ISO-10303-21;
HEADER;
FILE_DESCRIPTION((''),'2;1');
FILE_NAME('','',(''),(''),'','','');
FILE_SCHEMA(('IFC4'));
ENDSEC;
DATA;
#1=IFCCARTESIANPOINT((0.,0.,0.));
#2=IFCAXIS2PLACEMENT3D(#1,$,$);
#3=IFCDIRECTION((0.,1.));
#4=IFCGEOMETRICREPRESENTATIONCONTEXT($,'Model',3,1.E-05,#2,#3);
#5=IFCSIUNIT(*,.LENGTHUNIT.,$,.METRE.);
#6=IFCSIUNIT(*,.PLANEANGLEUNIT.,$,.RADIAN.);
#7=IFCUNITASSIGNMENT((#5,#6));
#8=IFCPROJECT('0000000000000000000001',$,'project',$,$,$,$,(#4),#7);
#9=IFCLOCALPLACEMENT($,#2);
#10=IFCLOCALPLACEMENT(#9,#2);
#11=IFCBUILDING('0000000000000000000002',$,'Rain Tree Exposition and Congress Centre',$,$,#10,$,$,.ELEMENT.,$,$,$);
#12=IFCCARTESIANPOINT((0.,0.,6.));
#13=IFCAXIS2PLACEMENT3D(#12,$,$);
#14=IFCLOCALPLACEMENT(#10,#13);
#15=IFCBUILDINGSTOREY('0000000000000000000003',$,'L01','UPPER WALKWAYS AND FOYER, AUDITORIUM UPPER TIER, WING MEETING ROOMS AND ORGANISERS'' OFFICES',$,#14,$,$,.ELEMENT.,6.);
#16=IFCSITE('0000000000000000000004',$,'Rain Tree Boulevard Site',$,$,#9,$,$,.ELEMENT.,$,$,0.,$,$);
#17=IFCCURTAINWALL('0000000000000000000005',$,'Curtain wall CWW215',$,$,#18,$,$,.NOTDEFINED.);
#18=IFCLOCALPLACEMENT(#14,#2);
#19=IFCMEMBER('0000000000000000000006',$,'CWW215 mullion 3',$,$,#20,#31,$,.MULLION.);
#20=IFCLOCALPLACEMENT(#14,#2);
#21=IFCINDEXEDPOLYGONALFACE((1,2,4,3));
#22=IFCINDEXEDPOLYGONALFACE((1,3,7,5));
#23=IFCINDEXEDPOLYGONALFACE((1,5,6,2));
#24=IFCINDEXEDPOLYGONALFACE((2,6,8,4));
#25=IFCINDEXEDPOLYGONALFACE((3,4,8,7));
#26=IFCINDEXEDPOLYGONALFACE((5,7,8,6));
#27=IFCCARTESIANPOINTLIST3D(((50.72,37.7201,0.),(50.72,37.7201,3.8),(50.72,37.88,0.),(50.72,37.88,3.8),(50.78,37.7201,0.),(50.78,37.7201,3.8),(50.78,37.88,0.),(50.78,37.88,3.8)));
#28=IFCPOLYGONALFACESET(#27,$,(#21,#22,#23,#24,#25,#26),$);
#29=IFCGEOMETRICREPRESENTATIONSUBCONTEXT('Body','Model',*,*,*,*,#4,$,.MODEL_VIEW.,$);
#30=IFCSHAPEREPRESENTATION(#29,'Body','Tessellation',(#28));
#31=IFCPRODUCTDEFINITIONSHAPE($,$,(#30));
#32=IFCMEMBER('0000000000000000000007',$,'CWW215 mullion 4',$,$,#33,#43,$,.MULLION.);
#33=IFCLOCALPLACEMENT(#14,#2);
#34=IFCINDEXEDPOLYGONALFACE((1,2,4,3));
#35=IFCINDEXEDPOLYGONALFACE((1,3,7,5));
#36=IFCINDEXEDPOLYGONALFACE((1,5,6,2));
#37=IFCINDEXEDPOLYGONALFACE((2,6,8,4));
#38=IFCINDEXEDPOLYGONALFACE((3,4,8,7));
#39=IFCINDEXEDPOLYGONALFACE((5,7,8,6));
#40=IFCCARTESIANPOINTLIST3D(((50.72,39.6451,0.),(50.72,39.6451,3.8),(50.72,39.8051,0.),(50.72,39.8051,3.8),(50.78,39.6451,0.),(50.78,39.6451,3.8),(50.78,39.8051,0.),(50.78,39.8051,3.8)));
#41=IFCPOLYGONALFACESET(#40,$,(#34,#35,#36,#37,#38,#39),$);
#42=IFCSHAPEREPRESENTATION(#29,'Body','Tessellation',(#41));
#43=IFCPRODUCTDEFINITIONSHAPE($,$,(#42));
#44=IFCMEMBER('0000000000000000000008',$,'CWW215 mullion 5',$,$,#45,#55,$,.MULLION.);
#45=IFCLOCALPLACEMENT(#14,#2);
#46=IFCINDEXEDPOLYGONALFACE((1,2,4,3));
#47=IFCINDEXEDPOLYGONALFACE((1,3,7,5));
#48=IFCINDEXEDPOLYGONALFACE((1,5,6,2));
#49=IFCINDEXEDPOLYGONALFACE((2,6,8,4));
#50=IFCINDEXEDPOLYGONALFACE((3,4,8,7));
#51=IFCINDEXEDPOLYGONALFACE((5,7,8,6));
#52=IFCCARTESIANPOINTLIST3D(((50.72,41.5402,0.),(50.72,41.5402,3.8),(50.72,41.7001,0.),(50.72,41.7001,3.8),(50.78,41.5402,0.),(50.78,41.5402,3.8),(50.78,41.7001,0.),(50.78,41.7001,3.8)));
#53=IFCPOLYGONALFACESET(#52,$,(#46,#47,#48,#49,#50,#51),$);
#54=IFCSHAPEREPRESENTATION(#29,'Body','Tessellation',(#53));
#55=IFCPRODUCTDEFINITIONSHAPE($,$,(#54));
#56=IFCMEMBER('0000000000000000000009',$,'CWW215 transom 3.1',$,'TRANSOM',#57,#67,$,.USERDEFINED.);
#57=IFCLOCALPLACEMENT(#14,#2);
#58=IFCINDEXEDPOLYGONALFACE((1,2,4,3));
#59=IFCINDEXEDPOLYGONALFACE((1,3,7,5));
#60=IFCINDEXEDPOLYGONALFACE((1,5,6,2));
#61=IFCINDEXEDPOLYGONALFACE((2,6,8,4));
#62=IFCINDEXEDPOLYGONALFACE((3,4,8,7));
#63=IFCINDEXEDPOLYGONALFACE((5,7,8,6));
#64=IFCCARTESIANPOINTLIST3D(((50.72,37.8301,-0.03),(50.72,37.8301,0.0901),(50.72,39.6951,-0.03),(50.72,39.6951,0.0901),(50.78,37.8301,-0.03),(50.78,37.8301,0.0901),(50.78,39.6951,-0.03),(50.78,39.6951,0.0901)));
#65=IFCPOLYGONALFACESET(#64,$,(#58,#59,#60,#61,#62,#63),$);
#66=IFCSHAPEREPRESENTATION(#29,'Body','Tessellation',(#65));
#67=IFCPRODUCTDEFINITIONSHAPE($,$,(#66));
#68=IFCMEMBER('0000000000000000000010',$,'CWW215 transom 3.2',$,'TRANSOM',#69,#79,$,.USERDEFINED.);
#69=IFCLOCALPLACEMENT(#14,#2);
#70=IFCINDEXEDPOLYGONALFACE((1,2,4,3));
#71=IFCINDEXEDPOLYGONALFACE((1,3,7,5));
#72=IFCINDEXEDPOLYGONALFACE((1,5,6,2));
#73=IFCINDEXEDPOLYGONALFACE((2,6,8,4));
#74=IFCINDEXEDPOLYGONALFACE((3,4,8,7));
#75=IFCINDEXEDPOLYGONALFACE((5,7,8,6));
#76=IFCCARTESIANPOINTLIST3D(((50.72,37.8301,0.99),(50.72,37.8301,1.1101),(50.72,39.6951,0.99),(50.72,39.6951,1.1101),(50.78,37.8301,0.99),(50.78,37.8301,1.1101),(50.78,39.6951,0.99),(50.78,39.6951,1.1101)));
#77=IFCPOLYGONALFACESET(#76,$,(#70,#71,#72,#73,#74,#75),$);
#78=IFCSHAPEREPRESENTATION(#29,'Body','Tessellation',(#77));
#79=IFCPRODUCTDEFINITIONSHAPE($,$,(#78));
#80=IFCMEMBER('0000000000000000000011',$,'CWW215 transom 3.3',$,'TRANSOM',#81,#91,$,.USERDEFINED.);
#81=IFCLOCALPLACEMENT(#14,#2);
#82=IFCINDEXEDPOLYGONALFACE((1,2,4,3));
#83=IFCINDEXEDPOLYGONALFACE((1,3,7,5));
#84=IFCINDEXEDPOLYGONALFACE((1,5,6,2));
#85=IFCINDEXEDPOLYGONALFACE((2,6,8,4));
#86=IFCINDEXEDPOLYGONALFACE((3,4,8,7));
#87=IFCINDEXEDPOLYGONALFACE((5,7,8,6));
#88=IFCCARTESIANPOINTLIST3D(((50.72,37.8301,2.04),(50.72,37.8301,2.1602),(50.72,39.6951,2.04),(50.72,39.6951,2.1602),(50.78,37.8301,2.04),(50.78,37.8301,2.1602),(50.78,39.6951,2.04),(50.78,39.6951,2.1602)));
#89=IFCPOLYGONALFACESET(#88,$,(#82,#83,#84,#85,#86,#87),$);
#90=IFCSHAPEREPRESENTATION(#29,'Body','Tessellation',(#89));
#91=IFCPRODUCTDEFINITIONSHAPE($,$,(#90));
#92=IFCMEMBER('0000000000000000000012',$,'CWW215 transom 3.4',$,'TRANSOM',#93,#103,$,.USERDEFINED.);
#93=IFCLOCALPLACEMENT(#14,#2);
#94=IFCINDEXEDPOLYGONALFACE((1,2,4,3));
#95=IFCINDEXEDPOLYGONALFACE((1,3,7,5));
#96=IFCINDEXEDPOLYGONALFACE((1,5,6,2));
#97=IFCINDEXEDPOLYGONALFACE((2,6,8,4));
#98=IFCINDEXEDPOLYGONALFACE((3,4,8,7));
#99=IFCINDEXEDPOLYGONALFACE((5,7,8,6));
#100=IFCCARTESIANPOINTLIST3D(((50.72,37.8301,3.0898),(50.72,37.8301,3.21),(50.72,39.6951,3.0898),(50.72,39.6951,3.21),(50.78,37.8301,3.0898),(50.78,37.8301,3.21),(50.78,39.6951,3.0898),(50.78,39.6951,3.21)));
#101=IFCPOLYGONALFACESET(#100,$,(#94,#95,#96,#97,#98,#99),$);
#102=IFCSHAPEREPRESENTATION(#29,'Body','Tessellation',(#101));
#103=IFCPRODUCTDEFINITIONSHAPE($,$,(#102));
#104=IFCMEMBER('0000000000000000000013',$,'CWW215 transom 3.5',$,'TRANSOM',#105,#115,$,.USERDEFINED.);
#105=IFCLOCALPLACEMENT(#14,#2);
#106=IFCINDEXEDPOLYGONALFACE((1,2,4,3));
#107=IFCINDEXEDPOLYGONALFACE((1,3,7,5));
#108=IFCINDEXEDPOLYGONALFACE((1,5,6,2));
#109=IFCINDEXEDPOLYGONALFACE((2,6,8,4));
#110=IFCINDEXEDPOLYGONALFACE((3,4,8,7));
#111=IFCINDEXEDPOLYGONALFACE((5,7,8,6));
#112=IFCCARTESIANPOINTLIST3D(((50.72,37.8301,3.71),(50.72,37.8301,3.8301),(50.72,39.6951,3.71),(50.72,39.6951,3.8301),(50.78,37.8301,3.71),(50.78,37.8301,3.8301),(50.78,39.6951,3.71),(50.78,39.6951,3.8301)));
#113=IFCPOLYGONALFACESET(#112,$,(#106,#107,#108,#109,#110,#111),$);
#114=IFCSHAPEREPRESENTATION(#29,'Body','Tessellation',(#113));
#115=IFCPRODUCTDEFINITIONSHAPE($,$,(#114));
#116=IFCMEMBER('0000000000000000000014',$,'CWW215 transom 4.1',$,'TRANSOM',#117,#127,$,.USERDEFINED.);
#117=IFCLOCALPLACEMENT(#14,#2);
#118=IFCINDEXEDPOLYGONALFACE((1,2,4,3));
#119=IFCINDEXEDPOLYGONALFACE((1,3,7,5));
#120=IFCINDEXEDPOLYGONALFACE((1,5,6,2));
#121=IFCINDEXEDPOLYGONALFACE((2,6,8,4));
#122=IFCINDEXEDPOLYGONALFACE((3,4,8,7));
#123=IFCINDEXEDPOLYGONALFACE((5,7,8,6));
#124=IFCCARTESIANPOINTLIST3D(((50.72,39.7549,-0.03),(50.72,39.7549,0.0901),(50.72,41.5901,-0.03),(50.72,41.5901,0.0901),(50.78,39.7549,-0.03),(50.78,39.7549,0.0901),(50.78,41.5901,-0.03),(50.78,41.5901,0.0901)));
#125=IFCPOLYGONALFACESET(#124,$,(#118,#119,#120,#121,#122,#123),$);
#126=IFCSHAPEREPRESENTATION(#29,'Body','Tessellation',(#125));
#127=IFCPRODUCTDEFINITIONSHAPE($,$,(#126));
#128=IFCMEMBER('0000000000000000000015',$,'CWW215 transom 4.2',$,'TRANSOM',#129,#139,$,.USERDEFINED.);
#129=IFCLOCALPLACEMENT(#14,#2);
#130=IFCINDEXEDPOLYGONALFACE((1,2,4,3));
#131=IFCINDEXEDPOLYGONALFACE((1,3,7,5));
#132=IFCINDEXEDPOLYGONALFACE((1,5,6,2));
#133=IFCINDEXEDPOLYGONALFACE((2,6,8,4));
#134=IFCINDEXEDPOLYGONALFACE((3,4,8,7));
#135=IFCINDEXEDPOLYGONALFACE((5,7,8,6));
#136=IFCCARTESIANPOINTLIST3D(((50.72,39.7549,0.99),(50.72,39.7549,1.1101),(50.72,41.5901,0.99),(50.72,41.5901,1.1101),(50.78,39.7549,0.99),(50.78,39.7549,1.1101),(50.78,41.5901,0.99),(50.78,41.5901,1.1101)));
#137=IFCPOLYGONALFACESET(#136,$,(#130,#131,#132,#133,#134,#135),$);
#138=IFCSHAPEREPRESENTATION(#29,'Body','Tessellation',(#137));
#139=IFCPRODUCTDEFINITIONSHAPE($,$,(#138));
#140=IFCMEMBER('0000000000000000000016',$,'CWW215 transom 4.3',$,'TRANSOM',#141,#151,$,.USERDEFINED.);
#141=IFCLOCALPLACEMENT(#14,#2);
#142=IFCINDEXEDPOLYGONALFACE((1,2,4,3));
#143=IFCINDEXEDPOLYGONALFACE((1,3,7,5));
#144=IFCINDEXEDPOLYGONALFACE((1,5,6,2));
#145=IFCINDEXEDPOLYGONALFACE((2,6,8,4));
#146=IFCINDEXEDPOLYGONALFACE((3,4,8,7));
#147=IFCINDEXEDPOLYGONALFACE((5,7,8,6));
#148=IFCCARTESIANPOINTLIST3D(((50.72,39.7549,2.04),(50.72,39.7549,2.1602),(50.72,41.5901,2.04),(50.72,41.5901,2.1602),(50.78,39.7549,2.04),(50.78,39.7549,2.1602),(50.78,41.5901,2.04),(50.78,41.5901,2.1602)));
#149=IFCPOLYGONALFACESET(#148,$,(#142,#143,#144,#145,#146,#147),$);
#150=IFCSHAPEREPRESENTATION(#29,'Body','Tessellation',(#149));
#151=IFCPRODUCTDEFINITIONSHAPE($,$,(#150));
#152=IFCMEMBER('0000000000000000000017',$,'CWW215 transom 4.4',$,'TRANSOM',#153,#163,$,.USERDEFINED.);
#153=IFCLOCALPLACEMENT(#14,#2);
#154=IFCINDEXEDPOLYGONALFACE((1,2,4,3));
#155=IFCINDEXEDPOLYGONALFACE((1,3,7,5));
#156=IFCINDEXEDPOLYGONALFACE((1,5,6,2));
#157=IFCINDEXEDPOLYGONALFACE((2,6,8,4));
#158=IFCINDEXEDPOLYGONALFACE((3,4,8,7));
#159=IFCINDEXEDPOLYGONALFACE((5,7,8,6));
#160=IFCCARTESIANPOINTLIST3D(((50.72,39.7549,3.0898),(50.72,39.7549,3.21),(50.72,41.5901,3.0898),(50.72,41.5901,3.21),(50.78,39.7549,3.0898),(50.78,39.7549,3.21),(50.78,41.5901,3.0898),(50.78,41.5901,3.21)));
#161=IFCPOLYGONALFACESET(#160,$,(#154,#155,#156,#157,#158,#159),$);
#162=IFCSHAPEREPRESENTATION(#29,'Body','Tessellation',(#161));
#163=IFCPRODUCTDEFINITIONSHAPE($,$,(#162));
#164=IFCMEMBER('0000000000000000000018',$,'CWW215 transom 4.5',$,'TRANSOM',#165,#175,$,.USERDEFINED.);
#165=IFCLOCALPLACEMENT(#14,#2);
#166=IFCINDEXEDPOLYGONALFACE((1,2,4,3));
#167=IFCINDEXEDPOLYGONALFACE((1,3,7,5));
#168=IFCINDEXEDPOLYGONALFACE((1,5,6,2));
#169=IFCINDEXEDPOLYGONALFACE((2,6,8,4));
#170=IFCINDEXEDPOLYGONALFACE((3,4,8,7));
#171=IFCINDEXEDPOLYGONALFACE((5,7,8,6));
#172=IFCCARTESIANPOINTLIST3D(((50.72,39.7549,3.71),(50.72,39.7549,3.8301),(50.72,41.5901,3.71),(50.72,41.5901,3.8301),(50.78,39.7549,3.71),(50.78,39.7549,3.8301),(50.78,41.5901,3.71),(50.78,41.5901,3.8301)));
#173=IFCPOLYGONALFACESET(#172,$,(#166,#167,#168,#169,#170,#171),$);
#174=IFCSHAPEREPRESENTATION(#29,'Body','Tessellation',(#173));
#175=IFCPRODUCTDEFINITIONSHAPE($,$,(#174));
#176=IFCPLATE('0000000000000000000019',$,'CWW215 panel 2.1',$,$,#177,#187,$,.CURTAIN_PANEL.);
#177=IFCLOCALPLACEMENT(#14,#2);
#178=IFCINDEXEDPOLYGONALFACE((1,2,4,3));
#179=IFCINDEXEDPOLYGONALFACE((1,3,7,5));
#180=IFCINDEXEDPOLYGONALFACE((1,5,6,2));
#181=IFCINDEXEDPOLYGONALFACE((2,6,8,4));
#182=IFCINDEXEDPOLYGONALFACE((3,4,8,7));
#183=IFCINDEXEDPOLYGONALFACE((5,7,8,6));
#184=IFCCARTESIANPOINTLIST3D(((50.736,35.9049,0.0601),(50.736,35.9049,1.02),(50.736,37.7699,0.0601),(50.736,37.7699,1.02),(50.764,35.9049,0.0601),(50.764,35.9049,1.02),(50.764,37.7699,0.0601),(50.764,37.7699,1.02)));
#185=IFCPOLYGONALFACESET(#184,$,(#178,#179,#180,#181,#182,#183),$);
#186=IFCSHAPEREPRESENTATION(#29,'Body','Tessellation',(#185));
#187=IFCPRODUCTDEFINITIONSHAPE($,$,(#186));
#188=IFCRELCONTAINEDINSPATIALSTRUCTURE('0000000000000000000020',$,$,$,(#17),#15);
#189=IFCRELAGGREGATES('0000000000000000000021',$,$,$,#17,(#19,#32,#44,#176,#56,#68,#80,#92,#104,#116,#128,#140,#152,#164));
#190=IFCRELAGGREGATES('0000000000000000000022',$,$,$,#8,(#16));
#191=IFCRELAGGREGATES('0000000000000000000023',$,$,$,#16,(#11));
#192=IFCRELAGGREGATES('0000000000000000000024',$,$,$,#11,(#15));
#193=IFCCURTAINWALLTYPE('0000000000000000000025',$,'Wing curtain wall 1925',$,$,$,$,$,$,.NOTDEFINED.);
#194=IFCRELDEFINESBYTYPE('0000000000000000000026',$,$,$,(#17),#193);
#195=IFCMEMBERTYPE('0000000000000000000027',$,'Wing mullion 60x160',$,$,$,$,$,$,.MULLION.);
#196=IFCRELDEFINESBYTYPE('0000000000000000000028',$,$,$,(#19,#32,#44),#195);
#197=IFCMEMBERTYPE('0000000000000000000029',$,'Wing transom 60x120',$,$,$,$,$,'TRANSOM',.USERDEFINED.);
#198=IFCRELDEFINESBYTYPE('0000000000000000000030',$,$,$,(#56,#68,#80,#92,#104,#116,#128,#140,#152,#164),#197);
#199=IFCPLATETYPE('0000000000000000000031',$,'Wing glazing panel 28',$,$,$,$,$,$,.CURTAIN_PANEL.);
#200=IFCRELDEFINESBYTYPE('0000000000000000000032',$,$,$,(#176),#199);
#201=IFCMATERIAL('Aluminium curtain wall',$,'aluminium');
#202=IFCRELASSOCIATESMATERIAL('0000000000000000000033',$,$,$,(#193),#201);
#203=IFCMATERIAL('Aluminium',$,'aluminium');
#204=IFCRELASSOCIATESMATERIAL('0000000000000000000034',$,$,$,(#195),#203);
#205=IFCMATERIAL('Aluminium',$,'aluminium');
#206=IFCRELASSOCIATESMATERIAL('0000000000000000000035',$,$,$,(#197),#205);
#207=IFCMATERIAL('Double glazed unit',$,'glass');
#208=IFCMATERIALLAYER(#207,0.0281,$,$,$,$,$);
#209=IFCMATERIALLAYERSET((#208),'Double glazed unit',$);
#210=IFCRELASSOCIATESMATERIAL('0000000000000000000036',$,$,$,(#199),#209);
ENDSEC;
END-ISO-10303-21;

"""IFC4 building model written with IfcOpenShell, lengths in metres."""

from ifc_helpers import new_model, si_unit, direction, frame, origin, origin_2d, place, context, subcontext, project, spatial, rectangle, extrude, material, layer, layer_set, material_profile, profile_set, type_object, element, aggregate, save


model = new_model("IFC4")

# Units and contexts
model_context = context("Model", 3, precision=1e-05, world=origin(), true_north=direction((0.0, 1.0)))
body_context = subcontext(model_context, "Body", "Model", "MODEL_VIEW")
ifc_project = project(units=[si_unit("LENGTHUNIT", "METRE"), si_unit("PLANEANGLEUNIT", "RADIAN")], contexts=[model_context])

# Site, building, storey
site_placement = place(None, origin())
site = spatial("IfcSite", under=ifc_project, at=site_placement, Name="Rain Tree Boulevard Site", CompositionType="ELEMENT", RefElevation=0.0)
building_placement = place(site_placement, origin())
building = spatial("IfcBuilding", under=site, at=building_placement, Name="Rain Tree Exposition and Congress Centre", CompositionType="ELEMENT")
storey_placement = place(building_placement, frame((0.0, 0.0, 6.0)))
storey = spatial("IfcBuildingStorey", under=building, at=storey_placement, Name="L01", Description="UPPER WALKWAYS AND FOYER, AUDITORIUM UPPER TIER, WING MEETING ROOMS AND ORGANISERS' OFFICES", CompositionType="ELEMENT", Elevation=6.0)

# Curtain wall, members, plate
ifc_material_1 = material(Name="Aluminium curtain wall", Category="aluminium")
curtain_wall_type = type_object("IfcCurtainWallType", Name="Wing curtain wall 1925", PredefinedType="NOTDEFINED", material=ifc_material_1)
curtain_wall_placement = place(storey_placement, origin())
curtain_wall = element("IfcCurtainWall", 1, at=curtain_wall_placement, inside=storey, type_object=curtain_wall_type, Name="Curtain wall CWW215", PredefinedType="NOTDEFINED")
ifc_material_2 = material(Name="Aluminium", Category="aluminium")
ifc_material_profile_1 = material_profile(ifc_material_2, rectangle(XDim=0.0601, YDim=0.1599, at=origin_2d()), Name="Aluminium 60x160")
ifc_profile_set_1 = profile_set([ifc_material_profile_1], Name="Aluminium")
member_type_1 = type_object("IfcMemberType", Name="Wing mullion 60x160", PredefinedType="MULLION", material=ifc_profile_set_1)
member_1_placement = place(storey_placement, frame((50.75, 37.8, 0.0), z_axis=(0.0, 0.0, 1.0), x_axis=(-1.0, 0.0, 0.0)))
member_1 = element("IfcMember", 2, at=member_1_placement, type_object=member_type_1, Name="CWW215 mullion 3", PredefinedType="MULLION", context=body_context, shape_type="SweptSolid", body=[
    extrude(rectangle(XDim=0.0601, YDim=0.1599, at=origin_2d()), origin(), (0.0, 0.0, 1.0), 3.8),
])
member_2_placement = place(storey_placement, frame((50.75, 39.7251, 0.0), z_axis=(0.0, 0.0, 1.0), x_axis=(-1.0, 0.0, 0.0)))
member_2 = element("IfcMember", 3, at=member_2_placement, type_object=member_type_1, Name="CWW215 mullion 4", PredefinedType="MULLION", context=body_context, shape_type="SweptSolid", body=[
    extrude(rectangle(XDim=0.0601, YDim=0.1599, at=origin_2d()), origin(), (0.0, 0.0, 1.0), 3.8),
])
member_3_placement = place(storey_placement, frame((50.75, 41.6201, 0.0), z_axis=(0.0, 0.0, 1.0), x_axis=(-1.0, 0.0, 0.0)))
member_3 = element("IfcMember", 4, at=member_3_placement, type_object=member_type_1, Name="CWW215 mullion 5", PredefinedType="MULLION", context=body_context, shape_type="SweptSolid", body=[
    extrude(rectangle(XDim=0.0601, YDim=0.1599, at=origin_2d()), origin(), (0.0, 0.0, 1.0), 3.8),
])
ifc_material_3 = material(Name="Aluminium", Category="aluminium")
ifc_material_profile_2 = material_profile(ifc_material_3, rectangle(XDim=0.0601, YDim=0.1201, at=origin_2d()), Name="Aluminium 60x120")
ifc_profile_set_2 = profile_set([ifc_material_profile_2], Name="Aluminium")
member_type_2 = type_object("IfcMemberType", Name="Wing transom 60x120", ElementType="TRANSOM", PredefinedType="USERDEFINED", material=ifc_profile_set_2)
member_4_placement = place(storey_placement, frame((50.75, 37.8301, 0.03), z_axis=(0.0, 1.0, 0.0), x_axis=(-1.0, 0.0, 0.0)))
member_4 = element("IfcMember", 5, at=member_4_placement, type_object=member_type_2, Name="CWW215 transom 3.1", ObjectType="TRANSOM", PredefinedType="USERDEFINED", context=body_context, shape_type="SweptSolid", body=[
    extrude(rectangle(XDim=0.0601, YDim=0.1201, at=origin_2d()), origin(), (0.0, 0.0, 1.0), 1.865),
])
member_5_placement = place(storey_placement, frame((50.75, 37.8301, 1.05), z_axis=(0.0, 1.0, 0.0), x_axis=(-1.0, 0.0, 0.0)))
member_5 = element("IfcMember", 6, at=member_5_placement, type_object=member_type_2, Name="CWW215 transom 3.2", ObjectType="TRANSOM", PredefinedType="USERDEFINED", context=body_context, shape_type="SweptSolid", body=[
    extrude(rectangle(XDim=0.0601, YDim=0.1201, at=origin_2d()), origin(), (0.0, 0.0, 1.0), 1.865),
])
member_6_placement = place(storey_placement, frame((50.75, 37.8301, 2.1001), z_axis=(0.0, 1.0, 0.0), x_axis=(-1.0, 0.0, 0.0)))
member_6 = element("IfcMember", 7, at=member_6_placement, type_object=member_type_2, Name="CWW215 transom 3.3", ObjectType="TRANSOM", PredefinedType="USERDEFINED", context=body_context, shape_type="SweptSolid", body=[
    extrude(rectangle(XDim=0.0601, YDim=0.1201, at=origin_2d()), origin(), (0.0, 0.0, 1.0), 1.865),
])
member_7_placement = place(storey_placement, frame((50.75, 37.8301, 3.1499), z_axis=(0.0, 1.0, 0.0), x_axis=(-1.0, 0.0, 0.0)))
member_7 = element("IfcMember", 8, at=member_7_placement, type_object=member_type_2, Name="CWW215 transom 3.4", ObjectType="TRANSOM", PredefinedType="USERDEFINED", context=body_context, shape_type="SweptSolid", body=[
    extrude(rectangle(XDim=0.0601, YDim=0.1201, at=origin_2d()), origin(), (0.0, 0.0, 1.0), 1.865),
])
member_8_placement = place(storey_placement, frame((50.75, 37.8301, 3.77), z_axis=(0.0, 1.0, 0.0), x_axis=(-1.0, 0.0, 0.0)))
member_8 = element("IfcMember", 9, at=member_8_placement, type_object=member_type_2, Name="CWW215 transom 3.5", ObjectType="TRANSOM", PredefinedType="USERDEFINED", context=body_context, shape_type="SweptSolid", body=[
    extrude(rectangle(XDim=0.0601, YDim=0.1201, at=origin_2d()), origin(), (0.0, 0.0, 1.0), 1.865),
])
member_9_placement = place(storey_placement, frame((50.75, 39.7549, 0.03), z_axis=(0.0, 1.0, 0.0), x_axis=(-1.0, 0.0, 0.0)))
member_9 = element("IfcMember", 10, at=member_9_placement, type_object=member_type_2, Name="CWW215 transom 4.1", ObjectType="TRANSOM", PredefinedType="USERDEFINED", context=body_context, shape_type="SweptSolid", body=[
    extrude(rectangle(XDim=0.0601, YDim=0.1201, at=origin_2d()), origin(), (0.0, 0.0, 1.0), 1.8352),
])
member_10_placement = place(storey_placement, frame((50.75, 39.7549, 1.05), z_axis=(0.0, 1.0, 0.0), x_axis=(-1.0, 0.0, 0.0)))
member_10 = element("IfcMember", 11, at=member_10_placement, type_object=member_type_2, Name="CWW215 transom 4.2", ObjectType="TRANSOM", PredefinedType="USERDEFINED", context=body_context, shape_type="SweptSolid", body=[
    extrude(rectangle(XDim=0.0601, YDim=0.1201, at=origin_2d()), origin(), (0.0, 0.0, 1.0), 1.8352),
])
member_11_placement = place(storey_placement, frame((50.75, 39.7549, 2.1001), z_axis=(0.0, 1.0, 0.0), x_axis=(-1.0, 0.0, 0.0)))
member_11 = element("IfcMember", 12, at=member_11_placement, type_object=member_type_2, Name="CWW215 transom 4.3", ObjectType="TRANSOM", PredefinedType="USERDEFINED", context=body_context, shape_type="SweptSolid", body=[
    extrude(rectangle(XDim=0.0601, YDim=0.1201, at=origin_2d()), origin(), (0.0, 0.0, 1.0), 1.8352),
])
member_12_placement = place(storey_placement, frame((50.75, 39.7549, 3.1499), z_axis=(0.0, 1.0, 0.0), x_axis=(-1.0, 0.0, 0.0)))
member_12 = element("IfcMember", 13, at=member_12_placement, type_object=member_type_2, Name="CWW215 transom 4.4", ObjectType="TRANSOM", PredefinedType="USERDEFINED", context=body_context, shape_type="SweptSolid", body=[
    extrude(rectangle(XDim=0.0601, YDim=0.1201, at=origin_2d()), origin(), (0.0, 0.0, 1.0), 1.8352),
])
member_13_placement = place(storey_placement, frame((50.75, 39.7549, 3.77), z_axis=(0.0, 1.0, 0.0), x_axis=(-1.0, 0.0, 0.0)))
member_13 = element("IfcMember", 14, at=member_13_placement, type_object=member_type_2, Name="CWW215 transom 4.5", ObjectType="TRANSOM", PredefinedType="USERDEFINED", context=body_context, shape_type="SweptSolid", body=[
    extrude(rectangle(XDim=0.0601, YDim=0.1201, at=origin_2d()), origin(), (0.0, 0.0, 1.0), 1.8352),
])
ifc_material_4 = material(Name="Double glazed unit", Category="glass")
ifc_layer_1 = layer(ifc_material_4, 0.0281)
ifc_layer_set_1 = layer_set([ifc_layer_1], Name="Double glazed unit")
plate_type = type_object("IfcPlateType", Name="Wing glazing panel 28", PredefinedType="CURTAIN_PANEL", material=ifc_layer_set_1)
plate_1_placement = place(storey_placement, frame((50.75, 36.8374, 0.0601), z_axis=(0.0, 0.0, 1.0), x_axis=(0.0, 1.0, 0.0)))
plate_1 = element("IfcPlate", 15, at=plate_1_placement, type_object=plate_type, Name="CWW215 panel 2.1", PredefinedType="CURTAIN_PANEL", context=body_context, shape_type="SweptSolid", body=[
    extrude(rectangle(XDim=1.865, YDim=0.0281, at=origin_2d()), origin(), (0.0, 0.0, 1.0), 0.96),
])
aggregate(curtain_wall, [member_1, member_2, member_3, plate_1, member_4, member_5, member_6, member_7, member_8, member_9, member_10, member_11, member_12, member_13])

save(model, "model.ifc")
